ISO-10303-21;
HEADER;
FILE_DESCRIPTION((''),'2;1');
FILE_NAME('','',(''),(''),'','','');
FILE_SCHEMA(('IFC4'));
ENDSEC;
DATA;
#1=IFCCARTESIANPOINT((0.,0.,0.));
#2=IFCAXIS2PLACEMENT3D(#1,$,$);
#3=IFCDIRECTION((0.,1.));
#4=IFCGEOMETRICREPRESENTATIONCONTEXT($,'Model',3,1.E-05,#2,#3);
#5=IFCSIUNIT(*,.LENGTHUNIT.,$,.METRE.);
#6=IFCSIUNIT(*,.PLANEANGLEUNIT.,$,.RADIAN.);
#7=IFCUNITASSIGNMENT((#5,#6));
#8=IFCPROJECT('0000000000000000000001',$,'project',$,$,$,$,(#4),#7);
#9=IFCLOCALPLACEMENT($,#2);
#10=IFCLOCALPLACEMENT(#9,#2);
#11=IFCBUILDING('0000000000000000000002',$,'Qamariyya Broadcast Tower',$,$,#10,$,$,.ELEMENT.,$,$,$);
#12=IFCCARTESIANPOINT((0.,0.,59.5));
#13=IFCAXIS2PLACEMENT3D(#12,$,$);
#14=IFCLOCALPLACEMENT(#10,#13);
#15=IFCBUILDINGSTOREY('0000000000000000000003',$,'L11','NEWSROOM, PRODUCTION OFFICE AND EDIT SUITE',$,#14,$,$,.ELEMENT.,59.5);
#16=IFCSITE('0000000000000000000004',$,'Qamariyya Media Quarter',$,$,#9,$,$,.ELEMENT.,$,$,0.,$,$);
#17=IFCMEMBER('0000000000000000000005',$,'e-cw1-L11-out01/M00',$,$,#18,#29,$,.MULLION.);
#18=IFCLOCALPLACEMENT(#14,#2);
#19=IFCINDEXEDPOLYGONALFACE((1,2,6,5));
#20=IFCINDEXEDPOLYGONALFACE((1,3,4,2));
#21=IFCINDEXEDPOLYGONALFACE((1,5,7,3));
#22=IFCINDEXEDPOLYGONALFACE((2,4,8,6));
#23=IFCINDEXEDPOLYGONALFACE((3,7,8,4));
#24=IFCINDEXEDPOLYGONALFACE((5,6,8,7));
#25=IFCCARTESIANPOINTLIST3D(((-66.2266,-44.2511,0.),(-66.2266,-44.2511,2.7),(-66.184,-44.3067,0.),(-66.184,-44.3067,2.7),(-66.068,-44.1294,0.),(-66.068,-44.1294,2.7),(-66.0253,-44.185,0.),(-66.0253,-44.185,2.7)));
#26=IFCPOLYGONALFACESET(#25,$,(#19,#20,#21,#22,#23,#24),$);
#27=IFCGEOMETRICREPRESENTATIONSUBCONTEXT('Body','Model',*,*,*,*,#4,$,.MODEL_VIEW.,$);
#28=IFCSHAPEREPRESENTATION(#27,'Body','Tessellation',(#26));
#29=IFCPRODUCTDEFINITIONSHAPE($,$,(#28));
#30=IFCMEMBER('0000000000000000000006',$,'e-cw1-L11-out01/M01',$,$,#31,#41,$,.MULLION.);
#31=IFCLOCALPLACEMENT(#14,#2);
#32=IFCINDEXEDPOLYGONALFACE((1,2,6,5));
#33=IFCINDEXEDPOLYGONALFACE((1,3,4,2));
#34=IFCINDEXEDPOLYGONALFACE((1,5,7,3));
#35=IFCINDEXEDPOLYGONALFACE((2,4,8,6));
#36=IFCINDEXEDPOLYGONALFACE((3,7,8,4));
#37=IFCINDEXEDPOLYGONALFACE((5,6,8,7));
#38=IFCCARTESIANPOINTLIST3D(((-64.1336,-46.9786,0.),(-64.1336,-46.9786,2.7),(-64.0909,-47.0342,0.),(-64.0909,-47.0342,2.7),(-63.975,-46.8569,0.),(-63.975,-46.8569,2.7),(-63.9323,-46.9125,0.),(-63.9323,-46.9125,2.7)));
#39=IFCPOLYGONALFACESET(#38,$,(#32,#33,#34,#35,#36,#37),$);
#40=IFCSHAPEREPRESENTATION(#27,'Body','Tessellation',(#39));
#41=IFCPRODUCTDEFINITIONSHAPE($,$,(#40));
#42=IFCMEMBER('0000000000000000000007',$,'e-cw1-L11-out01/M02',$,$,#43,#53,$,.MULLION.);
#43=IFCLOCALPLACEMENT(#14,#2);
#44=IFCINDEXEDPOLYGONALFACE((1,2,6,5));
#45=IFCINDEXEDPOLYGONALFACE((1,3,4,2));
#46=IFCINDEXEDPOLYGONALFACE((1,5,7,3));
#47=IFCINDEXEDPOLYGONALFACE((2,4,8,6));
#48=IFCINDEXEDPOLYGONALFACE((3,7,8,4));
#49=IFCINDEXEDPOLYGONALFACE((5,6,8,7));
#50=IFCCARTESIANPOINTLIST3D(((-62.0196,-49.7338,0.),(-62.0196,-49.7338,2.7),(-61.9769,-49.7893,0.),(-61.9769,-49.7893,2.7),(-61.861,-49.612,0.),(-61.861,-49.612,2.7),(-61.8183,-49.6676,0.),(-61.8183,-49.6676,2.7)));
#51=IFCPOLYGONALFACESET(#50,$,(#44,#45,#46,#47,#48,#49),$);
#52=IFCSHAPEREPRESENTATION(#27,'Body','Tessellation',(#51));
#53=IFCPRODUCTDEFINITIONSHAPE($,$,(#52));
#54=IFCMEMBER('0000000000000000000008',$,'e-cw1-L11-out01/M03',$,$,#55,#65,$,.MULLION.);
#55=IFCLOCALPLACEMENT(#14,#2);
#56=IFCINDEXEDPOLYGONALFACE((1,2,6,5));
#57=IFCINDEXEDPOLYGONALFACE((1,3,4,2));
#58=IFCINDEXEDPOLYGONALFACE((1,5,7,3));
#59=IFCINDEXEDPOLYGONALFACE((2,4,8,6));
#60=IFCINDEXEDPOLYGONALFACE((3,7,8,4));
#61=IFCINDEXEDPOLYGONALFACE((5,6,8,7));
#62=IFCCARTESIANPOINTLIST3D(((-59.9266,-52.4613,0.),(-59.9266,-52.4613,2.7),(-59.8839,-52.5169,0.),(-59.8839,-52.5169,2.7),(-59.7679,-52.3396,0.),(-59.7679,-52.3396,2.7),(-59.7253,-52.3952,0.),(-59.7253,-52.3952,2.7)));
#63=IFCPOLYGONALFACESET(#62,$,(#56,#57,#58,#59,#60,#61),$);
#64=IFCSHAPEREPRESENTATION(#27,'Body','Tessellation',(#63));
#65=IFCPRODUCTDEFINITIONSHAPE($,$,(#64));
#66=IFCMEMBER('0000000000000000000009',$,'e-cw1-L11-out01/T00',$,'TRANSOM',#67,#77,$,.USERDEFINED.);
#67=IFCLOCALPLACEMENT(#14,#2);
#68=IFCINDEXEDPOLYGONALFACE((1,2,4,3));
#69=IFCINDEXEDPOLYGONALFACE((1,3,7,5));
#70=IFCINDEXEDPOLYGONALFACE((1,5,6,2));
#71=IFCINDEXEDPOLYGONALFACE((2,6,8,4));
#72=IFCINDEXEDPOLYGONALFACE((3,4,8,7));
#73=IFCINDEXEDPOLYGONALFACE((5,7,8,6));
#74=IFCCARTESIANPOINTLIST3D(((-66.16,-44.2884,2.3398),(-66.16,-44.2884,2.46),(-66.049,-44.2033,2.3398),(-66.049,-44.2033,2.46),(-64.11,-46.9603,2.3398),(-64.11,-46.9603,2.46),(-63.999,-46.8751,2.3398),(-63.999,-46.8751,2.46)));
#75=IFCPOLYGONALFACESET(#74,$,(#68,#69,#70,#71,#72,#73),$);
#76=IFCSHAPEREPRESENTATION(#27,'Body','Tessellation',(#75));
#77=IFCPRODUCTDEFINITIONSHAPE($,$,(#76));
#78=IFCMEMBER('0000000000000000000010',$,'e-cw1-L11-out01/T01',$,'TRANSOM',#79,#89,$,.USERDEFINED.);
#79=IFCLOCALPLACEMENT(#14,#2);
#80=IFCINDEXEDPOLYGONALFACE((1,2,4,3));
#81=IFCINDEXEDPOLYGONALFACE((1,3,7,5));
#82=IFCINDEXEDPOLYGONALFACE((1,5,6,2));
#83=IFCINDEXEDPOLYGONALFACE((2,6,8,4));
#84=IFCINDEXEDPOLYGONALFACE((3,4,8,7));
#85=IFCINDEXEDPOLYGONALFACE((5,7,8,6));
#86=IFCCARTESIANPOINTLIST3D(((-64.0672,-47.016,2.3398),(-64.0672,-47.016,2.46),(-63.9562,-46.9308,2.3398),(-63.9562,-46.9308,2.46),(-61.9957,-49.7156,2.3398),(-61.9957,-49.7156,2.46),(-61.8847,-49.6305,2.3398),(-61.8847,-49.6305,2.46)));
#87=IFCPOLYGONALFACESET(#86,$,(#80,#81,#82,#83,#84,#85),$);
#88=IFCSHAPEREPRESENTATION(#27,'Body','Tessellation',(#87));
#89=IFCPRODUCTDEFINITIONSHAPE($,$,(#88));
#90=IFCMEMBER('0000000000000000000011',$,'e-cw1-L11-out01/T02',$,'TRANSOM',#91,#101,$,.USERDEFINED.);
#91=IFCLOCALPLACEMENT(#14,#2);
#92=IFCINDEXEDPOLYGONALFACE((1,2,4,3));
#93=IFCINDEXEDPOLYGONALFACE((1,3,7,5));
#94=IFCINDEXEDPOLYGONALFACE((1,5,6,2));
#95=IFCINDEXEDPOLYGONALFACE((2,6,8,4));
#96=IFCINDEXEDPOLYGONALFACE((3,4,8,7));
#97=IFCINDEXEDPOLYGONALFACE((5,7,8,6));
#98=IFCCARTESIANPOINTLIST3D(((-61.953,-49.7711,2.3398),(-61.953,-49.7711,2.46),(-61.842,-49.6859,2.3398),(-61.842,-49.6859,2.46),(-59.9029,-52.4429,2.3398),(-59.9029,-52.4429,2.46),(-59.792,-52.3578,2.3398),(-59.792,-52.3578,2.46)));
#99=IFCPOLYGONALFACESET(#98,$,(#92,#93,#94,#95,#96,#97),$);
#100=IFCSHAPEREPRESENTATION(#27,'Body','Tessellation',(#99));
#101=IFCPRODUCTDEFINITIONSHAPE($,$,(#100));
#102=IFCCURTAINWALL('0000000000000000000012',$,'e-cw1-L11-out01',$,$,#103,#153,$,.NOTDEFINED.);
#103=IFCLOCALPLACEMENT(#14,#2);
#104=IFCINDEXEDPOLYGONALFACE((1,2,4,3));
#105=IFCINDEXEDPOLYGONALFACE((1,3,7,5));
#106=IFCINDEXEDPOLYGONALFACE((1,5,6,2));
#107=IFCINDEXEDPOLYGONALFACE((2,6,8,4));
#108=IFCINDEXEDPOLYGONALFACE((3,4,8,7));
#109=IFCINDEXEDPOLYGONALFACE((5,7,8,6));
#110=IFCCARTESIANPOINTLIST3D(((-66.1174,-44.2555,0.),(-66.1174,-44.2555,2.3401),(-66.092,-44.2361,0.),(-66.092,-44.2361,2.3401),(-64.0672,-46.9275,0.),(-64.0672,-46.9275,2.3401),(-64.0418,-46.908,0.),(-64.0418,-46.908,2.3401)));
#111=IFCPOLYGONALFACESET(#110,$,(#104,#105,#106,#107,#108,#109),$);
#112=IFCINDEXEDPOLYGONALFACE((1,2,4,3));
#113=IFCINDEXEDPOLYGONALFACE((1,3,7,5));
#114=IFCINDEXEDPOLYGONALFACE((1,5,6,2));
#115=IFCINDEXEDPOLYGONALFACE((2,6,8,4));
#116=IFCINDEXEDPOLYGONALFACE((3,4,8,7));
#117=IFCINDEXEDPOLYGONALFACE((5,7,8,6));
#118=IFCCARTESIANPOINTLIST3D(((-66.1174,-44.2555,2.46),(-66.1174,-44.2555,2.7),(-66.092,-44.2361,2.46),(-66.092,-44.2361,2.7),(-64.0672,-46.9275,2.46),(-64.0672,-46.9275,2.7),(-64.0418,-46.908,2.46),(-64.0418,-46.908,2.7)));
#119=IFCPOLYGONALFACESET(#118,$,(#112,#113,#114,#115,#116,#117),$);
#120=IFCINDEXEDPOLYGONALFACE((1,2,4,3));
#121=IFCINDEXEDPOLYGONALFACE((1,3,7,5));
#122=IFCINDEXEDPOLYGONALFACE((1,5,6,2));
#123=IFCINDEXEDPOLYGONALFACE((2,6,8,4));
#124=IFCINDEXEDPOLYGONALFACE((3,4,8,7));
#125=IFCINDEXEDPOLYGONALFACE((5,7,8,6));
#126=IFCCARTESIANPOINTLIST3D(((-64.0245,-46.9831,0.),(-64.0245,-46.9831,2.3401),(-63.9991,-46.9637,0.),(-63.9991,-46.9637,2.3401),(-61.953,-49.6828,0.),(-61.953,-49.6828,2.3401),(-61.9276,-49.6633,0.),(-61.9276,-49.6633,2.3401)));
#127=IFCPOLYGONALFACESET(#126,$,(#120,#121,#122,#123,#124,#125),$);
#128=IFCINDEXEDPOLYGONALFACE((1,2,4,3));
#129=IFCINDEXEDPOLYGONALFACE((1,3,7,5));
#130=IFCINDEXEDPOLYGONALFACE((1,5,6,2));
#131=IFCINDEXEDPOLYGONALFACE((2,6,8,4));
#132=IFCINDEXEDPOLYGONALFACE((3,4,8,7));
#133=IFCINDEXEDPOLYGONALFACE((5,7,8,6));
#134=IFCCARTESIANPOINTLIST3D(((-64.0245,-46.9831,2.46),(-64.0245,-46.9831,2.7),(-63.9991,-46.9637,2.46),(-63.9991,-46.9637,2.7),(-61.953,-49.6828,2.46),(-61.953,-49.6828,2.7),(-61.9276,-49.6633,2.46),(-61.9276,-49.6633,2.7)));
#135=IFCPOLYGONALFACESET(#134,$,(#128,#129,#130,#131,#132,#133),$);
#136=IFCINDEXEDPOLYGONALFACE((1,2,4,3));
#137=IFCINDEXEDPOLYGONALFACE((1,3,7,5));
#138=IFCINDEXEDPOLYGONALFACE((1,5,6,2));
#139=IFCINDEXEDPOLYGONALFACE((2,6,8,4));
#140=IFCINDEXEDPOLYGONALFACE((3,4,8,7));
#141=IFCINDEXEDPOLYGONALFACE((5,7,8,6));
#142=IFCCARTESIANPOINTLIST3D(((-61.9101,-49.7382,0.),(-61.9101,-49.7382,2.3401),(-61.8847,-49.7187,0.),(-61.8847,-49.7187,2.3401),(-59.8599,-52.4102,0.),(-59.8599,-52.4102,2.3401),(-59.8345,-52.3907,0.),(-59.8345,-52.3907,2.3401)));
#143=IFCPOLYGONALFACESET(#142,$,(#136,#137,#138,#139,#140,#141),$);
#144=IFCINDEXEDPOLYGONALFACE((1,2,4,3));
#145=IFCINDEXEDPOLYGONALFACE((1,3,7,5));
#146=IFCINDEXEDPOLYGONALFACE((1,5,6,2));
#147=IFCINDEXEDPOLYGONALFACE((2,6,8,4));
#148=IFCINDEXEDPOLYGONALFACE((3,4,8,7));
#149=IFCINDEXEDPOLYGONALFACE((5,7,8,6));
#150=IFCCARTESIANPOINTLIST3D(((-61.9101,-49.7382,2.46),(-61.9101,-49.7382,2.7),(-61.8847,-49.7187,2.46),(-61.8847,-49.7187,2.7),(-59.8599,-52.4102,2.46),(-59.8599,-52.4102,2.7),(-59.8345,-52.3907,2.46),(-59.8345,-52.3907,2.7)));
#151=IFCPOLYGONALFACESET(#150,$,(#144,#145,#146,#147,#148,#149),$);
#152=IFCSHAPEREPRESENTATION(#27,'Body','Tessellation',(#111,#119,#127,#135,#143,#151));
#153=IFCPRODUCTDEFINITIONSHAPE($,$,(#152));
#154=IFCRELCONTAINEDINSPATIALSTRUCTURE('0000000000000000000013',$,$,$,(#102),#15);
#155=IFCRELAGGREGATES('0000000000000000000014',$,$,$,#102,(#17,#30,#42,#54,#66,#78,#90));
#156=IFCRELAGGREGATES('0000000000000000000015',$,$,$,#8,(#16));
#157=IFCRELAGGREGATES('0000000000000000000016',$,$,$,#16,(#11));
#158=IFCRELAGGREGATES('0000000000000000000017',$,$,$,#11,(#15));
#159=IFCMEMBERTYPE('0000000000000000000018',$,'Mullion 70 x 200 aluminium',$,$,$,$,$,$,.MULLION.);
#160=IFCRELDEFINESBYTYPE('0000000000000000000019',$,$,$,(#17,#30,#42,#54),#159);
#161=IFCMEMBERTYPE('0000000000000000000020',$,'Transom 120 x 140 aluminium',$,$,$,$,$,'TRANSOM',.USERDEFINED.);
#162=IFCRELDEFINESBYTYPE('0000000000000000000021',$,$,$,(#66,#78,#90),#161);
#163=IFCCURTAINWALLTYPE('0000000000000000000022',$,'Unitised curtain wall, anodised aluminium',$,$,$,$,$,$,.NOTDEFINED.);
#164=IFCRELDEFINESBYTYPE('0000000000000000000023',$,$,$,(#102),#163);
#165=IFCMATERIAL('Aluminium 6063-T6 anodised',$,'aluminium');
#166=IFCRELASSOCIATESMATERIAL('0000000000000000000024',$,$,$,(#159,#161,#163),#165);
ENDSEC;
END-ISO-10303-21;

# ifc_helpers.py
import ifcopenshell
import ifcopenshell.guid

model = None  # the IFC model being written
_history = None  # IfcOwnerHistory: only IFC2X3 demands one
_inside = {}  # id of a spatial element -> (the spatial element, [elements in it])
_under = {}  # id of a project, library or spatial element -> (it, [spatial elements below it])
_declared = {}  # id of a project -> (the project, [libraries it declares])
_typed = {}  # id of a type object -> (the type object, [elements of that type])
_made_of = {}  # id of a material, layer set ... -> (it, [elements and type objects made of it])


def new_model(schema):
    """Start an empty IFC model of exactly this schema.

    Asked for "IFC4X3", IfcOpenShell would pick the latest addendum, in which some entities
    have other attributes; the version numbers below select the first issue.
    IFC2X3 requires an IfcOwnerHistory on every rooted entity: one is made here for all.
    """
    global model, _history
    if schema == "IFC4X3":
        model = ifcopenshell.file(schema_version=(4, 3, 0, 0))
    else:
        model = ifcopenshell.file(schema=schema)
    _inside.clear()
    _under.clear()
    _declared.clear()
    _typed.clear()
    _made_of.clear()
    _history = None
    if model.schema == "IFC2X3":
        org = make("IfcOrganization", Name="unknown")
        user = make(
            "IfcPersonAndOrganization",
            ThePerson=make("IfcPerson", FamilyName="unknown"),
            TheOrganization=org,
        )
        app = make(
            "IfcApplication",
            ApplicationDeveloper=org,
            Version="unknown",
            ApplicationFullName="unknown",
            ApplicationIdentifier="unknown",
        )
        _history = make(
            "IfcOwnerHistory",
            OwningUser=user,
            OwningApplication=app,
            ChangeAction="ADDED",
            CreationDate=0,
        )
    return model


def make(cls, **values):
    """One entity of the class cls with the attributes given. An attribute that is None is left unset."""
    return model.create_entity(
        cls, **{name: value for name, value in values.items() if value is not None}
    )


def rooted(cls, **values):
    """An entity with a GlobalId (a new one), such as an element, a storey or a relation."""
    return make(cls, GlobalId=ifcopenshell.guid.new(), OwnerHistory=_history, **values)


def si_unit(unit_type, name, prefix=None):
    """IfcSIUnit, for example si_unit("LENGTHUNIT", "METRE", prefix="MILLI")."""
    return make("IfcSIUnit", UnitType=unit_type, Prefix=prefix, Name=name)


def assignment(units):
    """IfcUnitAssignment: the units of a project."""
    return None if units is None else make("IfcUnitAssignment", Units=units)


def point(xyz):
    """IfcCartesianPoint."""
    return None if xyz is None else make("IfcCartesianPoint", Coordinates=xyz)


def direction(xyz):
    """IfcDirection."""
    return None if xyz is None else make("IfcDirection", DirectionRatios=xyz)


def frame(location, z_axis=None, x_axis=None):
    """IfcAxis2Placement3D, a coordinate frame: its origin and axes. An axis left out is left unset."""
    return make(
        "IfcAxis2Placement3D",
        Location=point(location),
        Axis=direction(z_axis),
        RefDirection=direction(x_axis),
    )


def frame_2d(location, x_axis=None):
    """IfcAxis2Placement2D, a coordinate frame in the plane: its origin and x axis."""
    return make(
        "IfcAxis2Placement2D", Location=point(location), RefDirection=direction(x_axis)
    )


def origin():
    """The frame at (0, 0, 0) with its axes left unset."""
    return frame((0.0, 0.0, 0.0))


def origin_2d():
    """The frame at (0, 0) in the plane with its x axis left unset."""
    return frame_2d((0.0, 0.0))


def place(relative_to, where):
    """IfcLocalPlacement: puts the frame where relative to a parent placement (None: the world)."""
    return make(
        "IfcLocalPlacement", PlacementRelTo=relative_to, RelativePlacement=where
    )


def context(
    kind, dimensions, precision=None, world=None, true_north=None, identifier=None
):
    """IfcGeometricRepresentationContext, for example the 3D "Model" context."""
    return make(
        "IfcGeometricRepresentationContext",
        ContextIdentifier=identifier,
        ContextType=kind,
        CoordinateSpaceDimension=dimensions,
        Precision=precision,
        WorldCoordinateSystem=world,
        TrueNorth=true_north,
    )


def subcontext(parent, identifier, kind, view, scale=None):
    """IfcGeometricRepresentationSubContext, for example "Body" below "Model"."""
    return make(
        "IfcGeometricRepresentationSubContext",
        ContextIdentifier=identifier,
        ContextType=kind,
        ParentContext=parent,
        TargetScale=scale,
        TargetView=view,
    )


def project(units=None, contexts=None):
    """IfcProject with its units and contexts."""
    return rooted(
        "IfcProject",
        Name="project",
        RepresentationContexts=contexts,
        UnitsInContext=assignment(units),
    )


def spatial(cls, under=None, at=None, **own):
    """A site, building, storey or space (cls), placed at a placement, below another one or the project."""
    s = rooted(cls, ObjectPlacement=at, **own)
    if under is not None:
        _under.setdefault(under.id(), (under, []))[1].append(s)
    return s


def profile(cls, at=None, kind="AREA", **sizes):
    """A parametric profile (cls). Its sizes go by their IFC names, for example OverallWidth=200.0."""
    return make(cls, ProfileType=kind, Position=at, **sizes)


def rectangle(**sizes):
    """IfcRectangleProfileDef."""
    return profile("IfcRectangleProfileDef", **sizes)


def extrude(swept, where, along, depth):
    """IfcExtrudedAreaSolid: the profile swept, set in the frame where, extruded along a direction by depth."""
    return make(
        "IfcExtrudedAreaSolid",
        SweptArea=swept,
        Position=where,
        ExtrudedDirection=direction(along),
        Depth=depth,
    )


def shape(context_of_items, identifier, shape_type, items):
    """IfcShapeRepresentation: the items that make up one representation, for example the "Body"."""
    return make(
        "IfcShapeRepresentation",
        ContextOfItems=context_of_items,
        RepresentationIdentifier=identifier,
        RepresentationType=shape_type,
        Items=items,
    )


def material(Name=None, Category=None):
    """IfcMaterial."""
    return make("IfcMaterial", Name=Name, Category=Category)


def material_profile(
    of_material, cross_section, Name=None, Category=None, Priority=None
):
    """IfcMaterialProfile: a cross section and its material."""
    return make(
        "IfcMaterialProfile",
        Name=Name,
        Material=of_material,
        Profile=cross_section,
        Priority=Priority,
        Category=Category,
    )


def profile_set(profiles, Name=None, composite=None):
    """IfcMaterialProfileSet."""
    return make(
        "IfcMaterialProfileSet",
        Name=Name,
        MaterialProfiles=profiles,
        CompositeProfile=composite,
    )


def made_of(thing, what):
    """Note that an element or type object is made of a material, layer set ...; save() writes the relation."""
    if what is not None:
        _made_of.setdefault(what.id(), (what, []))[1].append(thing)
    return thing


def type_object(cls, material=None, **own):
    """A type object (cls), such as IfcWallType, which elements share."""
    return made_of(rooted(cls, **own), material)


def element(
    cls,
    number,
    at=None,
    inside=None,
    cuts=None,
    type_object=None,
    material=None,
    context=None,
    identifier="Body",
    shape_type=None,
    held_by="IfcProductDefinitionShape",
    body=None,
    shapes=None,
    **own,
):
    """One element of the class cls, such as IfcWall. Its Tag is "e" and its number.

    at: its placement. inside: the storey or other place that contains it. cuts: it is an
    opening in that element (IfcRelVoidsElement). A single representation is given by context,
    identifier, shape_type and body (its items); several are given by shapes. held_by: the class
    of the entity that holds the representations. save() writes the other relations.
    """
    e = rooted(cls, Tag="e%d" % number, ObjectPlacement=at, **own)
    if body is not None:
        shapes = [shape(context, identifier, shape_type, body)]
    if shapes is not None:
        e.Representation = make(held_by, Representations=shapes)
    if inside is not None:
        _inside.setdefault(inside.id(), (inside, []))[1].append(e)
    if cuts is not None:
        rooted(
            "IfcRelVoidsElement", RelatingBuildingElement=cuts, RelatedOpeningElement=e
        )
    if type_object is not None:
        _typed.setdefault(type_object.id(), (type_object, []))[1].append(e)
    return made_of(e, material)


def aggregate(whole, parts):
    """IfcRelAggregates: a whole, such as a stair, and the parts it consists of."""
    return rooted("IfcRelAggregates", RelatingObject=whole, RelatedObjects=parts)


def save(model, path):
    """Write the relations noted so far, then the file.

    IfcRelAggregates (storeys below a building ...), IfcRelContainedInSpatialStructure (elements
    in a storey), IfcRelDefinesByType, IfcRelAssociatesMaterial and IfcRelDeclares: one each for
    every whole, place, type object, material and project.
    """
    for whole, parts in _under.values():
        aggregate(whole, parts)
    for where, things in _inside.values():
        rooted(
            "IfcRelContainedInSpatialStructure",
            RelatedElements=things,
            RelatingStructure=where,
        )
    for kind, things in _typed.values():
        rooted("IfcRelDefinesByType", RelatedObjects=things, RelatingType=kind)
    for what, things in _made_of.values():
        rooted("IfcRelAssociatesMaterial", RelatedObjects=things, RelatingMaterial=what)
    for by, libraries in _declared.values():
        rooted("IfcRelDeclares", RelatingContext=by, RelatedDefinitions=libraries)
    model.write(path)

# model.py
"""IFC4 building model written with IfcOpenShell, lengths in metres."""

from ifc_helpers import new_model, si_unit, direction, frame, origin, origin_2d, place, context, subcontext, project, spatial, rectangle, extrude, material, material_profile, profile_set, type_object, element, aggregate, save


model = new_model("IFC4")

# Units and contexts
model_context = context("Model", 3, precision=1e-05, world=origin(), true_north=direction((0.0, 1.0)))
body_context = subcontext(model_context, "Body", "Model", "MODEL_VIEW")
ifc_project = project(units=[si_unit("LENGTHUNIT", "METRE"), si_unit("PLANEANGLEUNIT", "RADIAN")], contexts=[model_context])

# Members
ifc_material_1 = material(Name="Aluminium 6063-T6 anodised", Category="aluminium")
ifc_material_profile_1 = material_profile(ifc_material_1, rectangle(XDim=0.2, YDim=0.0701, at=origin_2d()))
ifc_profile_set_1 = profile_set([ifc_material_profile_1], Name="Aluminium 6063-T6 anodised")
member_type_1 = type_object("IfcMemberType", Name="Mullion 70 x 200 aluminium", PredefinedType="MULLION", material=ifc_profile_set_1)
site_placement = place(None, origin())
building_placement = place(site_placement, origin())
storey_placement = place(building_placement, frame((0.0, 0.0, 59.5)))
member_1_placement = place(storey_placement, frame((-66.126, -44.218, 0.0), z_axis=(0.0, 0.0, 1.0), x_axis=(0.793353, 0.608761, 0.0)))
member_1 = element("IfcMember", 1, at=member_1_placement, type_object=member_type_1, Name="e-cw1-L11-out01/M00", PredefinedType="MULLION", context=body_context, shape_type="SweptSolid", body=[
    extrude(rectangle(XDim=0.2, YDim=0.0701, at=origin_2d()), origin(), (0.0, 0.0, 1.0), 2.7),
])
member_2_placement = place(storey_placement, frame((-64.033, -46.9456, 0.0), z_axis=(0.0, 0.0, 1.0), x_axis=(0.793353, 0.608761, 0.0)))
member_2 = element("IfcMember", 2, at=member_2_placement, type_object=member_type_1, Name="e-cw1-L11-out01/M01", PredefinedType="MULLION", context=body_context, shape_type="SweptSolid", body=[
    extrude(rectangle(XDim=0.2, YDim=0.0701, at=origin_2d()), origin(), (0.0, 0.0, 1.0), 2.7),
])
member_3_placement = place(storey_placement, frame((-61.9189, -49.7007, 0.0), z_axis=(0.0, 0.0, 1.0), x_axis=(0.793353, 0.608761, 0.0)))
member_3 = element("IfcMember", 3, at=member_3_placement, type_object=member_type_1, Name="e-cw1-L11-out01/M02", PredefinedType="MULLION", context=body_context, shape_type="SweptSolid", body=[
    extrude(rectangle(XDim=0.2, YDim=0.0701, at=origin_2d()), origin(), (0.0, 0.0, 1.0), 2.7),
])
member_4_placement = place(storey_placement, frame((-59.8259, -52.4282, 0.0), z_axis=(0.0, 0.0, 1.0), x_axis=(0.793353, 0.608761, 0.0)))
member_4 = element("IfcMember", 4, at=member_4_placement, type_object=member_type_1, Name="e-cw1-L11-out01/M03", PredefinedType="MULLION", context=body_context, shape_type="SweptSolid", body=[
    extrude(rectangle(XDim=0.2, YDim=0.0701, at=origin_2d()), origin(), (0.0, 0.0, 1.0), 2.7),
])
ifc_material_profile_2 = material_profile(ifc_material_1, rectangle(XDim=0.1399, YDim=0.1201, at=origin_2d()))
ifc_profile_set_2 = profile_set([ifc_material_profile_2], Name="Aluminium 6063-T6 anodised")
member_type_2 = type_object("IfcMemberType", Name="Transom 120 x 140 aluminium", ElementType="TRANSOM", PredefinedType="USERDEFINED", material=ifc_profile_set_2)
member_5_placement = place(storey_placement, frame((-66.1045, -44.2458, 2.3999), z_axis=(0.608733, -0.793375, 0.0), x_axis=(0.793375, 0.608733, 0.0)))
member_5 = element("IfcMember", 5, at=member_5_placement, type_object=member_type_2, Name="e-cw1-L11-out01/T00", ObjectType="TRANSOM", PredefinedType="USERDEFINED", context=body_context, shape_type="SweptSolid", body=[
    extrude(rectangle(XDim=0.1399, YDim=0.1201, at=origin_2d()), origin(), (0.0, 0.0, 1.0), 3.3677),
])
member_6_placement = place(storey_placement, frame((-64.0117, -46.9734, 2.3999), z_axis=(0.608757, -0.793357, 0.0), x_axis=(0.793357, 0.608757, 0.0)))
member_6 = element("IfcMember", 6, at=member_6_placement, type_object=member_type_2, Name="e-cw1-L11-out01/T01", ObjectType="TRANSOM", PredefinedType="USERDEFINED", context=body_context, shape_type="SweptSolid", body=[
    extrude(rectangle(XDim=0.1399, YDim=0.1201, at=origin_2d()), origin(), (0.0, 0.0, 1.0), 3.4028),
])
member_7_placement = place(storey_placement, frame((-61.8975, -49.7285, 2.3999), z_axis=(0.608733, -0.793375, 0.0), x_axis=(0.793375, 0.608733, 0.0)))
member_7 = element("IfcMember", 7, at=member_7_placement, type_object=member_type_2, Name="e-cw1-L11-out01/T02", ObjectType="TRANSOM", PredefinedType="USERDEFINED", context=body_context, shape_type="SweptSolid", body=[
    extrude(rectangle(XDim=0.1399, YDim=0.1201, at=origin_2d()), origin(), (0.0, 0.0, 1.0), 3.3677),
])

# Site, building, storey
site = spatial("IfcSite", under=ifc_project, at=site_placement, Name="Qamariyya Media Quarter", CompositionType="ELEMENT", RefElevation=0.0)
building = spatial("IfcBuilding", under=site, at=building_placement, Name="Qamariyya Broadcast Tower", CompositionType="ELEMENT")
storey = spatial("IfcBuildingStorey", under=building, at=storey_placement, Name="L11", Description="NEWSROOM, PRODUCTION OFFICE AND EDIT SUITE", CompositionType="ELEMENT", Elevation=59.5)

# Curtain wall
curtain_wall_type = type_object("IfcCurtainWallType", Name="Unitised curtain wall, anodised aluminium", PredefinedType="NOTDEFINED", material=ifc_material_1)
curtain_wall_1_placement = place(storey_placement, origin())
curtain_wall_1 = element("IfcCurtainWall", 8, at=curtain_wall_1_placement, inside=storey, type_object=curtain_wall_type, Name="e-cw1-L11-out01", PredefinedType="NOTDEFINED", context=body_context, shape_type="SweptSolid", body=[
    extrude(rectangle(XDim=3.3679, YDim=0.032, at=origin_2d()), frame((-65.0796, -45.5818, 0.0), x_axis=(0.608756, -0.793358, 0.0)), (0.0, 0.0, 1.0), 2.3401),
    extrude(rectangle(XDim=3.3679, YDim=0.032, at=origin_2d()), frame((-65.0796, -45.5818, 2.46), x_axis=(0.608756, -0.793358, 0.0)), (0.0, 0.0, 1.0), 0.24),
    extrude(rectangle(XDim=3.4028, YDim=0.032, at=origin_2d()), frame((-62.9761, -48.3232, 0.0), x_axis=(0.608756, -0.793358, 0.0)), (0.0, 0.0, 1.0), 2.3401),
    extrude(rectangle(XDim=3.4028, YDim=0.032, at=origin_2d()), frame((-62.9761, -48.3232, 2.46), x_axis=(0.608756, -0.793358, 0.0)), (0.0, 0.0, 1.0), 0.24),
    extrude(rectangle(XDim=3.3679, YDim=0.032, at=origin_2d()), frame((-60.8723, -51.0645, 0.0), x_axis=(0.608756, -0.793358, 0.0)), (0.0, 0.0, 1.0), 2.3401),
    extrude(rectangle(XDim=3.3679, YDim=0.032, at=origin_2d()), frame((-60.8723, -51.0645, 2.46), x_axis=(0.608756, -0.793358, 0.0)), (0.0, 0.0, 1.0), 0.24),
])
aggregate(curtain_wall_1, [member_1, member_2, member_3, member_4, member_5, member_6, member_7])

save(model, "model.ifc")
